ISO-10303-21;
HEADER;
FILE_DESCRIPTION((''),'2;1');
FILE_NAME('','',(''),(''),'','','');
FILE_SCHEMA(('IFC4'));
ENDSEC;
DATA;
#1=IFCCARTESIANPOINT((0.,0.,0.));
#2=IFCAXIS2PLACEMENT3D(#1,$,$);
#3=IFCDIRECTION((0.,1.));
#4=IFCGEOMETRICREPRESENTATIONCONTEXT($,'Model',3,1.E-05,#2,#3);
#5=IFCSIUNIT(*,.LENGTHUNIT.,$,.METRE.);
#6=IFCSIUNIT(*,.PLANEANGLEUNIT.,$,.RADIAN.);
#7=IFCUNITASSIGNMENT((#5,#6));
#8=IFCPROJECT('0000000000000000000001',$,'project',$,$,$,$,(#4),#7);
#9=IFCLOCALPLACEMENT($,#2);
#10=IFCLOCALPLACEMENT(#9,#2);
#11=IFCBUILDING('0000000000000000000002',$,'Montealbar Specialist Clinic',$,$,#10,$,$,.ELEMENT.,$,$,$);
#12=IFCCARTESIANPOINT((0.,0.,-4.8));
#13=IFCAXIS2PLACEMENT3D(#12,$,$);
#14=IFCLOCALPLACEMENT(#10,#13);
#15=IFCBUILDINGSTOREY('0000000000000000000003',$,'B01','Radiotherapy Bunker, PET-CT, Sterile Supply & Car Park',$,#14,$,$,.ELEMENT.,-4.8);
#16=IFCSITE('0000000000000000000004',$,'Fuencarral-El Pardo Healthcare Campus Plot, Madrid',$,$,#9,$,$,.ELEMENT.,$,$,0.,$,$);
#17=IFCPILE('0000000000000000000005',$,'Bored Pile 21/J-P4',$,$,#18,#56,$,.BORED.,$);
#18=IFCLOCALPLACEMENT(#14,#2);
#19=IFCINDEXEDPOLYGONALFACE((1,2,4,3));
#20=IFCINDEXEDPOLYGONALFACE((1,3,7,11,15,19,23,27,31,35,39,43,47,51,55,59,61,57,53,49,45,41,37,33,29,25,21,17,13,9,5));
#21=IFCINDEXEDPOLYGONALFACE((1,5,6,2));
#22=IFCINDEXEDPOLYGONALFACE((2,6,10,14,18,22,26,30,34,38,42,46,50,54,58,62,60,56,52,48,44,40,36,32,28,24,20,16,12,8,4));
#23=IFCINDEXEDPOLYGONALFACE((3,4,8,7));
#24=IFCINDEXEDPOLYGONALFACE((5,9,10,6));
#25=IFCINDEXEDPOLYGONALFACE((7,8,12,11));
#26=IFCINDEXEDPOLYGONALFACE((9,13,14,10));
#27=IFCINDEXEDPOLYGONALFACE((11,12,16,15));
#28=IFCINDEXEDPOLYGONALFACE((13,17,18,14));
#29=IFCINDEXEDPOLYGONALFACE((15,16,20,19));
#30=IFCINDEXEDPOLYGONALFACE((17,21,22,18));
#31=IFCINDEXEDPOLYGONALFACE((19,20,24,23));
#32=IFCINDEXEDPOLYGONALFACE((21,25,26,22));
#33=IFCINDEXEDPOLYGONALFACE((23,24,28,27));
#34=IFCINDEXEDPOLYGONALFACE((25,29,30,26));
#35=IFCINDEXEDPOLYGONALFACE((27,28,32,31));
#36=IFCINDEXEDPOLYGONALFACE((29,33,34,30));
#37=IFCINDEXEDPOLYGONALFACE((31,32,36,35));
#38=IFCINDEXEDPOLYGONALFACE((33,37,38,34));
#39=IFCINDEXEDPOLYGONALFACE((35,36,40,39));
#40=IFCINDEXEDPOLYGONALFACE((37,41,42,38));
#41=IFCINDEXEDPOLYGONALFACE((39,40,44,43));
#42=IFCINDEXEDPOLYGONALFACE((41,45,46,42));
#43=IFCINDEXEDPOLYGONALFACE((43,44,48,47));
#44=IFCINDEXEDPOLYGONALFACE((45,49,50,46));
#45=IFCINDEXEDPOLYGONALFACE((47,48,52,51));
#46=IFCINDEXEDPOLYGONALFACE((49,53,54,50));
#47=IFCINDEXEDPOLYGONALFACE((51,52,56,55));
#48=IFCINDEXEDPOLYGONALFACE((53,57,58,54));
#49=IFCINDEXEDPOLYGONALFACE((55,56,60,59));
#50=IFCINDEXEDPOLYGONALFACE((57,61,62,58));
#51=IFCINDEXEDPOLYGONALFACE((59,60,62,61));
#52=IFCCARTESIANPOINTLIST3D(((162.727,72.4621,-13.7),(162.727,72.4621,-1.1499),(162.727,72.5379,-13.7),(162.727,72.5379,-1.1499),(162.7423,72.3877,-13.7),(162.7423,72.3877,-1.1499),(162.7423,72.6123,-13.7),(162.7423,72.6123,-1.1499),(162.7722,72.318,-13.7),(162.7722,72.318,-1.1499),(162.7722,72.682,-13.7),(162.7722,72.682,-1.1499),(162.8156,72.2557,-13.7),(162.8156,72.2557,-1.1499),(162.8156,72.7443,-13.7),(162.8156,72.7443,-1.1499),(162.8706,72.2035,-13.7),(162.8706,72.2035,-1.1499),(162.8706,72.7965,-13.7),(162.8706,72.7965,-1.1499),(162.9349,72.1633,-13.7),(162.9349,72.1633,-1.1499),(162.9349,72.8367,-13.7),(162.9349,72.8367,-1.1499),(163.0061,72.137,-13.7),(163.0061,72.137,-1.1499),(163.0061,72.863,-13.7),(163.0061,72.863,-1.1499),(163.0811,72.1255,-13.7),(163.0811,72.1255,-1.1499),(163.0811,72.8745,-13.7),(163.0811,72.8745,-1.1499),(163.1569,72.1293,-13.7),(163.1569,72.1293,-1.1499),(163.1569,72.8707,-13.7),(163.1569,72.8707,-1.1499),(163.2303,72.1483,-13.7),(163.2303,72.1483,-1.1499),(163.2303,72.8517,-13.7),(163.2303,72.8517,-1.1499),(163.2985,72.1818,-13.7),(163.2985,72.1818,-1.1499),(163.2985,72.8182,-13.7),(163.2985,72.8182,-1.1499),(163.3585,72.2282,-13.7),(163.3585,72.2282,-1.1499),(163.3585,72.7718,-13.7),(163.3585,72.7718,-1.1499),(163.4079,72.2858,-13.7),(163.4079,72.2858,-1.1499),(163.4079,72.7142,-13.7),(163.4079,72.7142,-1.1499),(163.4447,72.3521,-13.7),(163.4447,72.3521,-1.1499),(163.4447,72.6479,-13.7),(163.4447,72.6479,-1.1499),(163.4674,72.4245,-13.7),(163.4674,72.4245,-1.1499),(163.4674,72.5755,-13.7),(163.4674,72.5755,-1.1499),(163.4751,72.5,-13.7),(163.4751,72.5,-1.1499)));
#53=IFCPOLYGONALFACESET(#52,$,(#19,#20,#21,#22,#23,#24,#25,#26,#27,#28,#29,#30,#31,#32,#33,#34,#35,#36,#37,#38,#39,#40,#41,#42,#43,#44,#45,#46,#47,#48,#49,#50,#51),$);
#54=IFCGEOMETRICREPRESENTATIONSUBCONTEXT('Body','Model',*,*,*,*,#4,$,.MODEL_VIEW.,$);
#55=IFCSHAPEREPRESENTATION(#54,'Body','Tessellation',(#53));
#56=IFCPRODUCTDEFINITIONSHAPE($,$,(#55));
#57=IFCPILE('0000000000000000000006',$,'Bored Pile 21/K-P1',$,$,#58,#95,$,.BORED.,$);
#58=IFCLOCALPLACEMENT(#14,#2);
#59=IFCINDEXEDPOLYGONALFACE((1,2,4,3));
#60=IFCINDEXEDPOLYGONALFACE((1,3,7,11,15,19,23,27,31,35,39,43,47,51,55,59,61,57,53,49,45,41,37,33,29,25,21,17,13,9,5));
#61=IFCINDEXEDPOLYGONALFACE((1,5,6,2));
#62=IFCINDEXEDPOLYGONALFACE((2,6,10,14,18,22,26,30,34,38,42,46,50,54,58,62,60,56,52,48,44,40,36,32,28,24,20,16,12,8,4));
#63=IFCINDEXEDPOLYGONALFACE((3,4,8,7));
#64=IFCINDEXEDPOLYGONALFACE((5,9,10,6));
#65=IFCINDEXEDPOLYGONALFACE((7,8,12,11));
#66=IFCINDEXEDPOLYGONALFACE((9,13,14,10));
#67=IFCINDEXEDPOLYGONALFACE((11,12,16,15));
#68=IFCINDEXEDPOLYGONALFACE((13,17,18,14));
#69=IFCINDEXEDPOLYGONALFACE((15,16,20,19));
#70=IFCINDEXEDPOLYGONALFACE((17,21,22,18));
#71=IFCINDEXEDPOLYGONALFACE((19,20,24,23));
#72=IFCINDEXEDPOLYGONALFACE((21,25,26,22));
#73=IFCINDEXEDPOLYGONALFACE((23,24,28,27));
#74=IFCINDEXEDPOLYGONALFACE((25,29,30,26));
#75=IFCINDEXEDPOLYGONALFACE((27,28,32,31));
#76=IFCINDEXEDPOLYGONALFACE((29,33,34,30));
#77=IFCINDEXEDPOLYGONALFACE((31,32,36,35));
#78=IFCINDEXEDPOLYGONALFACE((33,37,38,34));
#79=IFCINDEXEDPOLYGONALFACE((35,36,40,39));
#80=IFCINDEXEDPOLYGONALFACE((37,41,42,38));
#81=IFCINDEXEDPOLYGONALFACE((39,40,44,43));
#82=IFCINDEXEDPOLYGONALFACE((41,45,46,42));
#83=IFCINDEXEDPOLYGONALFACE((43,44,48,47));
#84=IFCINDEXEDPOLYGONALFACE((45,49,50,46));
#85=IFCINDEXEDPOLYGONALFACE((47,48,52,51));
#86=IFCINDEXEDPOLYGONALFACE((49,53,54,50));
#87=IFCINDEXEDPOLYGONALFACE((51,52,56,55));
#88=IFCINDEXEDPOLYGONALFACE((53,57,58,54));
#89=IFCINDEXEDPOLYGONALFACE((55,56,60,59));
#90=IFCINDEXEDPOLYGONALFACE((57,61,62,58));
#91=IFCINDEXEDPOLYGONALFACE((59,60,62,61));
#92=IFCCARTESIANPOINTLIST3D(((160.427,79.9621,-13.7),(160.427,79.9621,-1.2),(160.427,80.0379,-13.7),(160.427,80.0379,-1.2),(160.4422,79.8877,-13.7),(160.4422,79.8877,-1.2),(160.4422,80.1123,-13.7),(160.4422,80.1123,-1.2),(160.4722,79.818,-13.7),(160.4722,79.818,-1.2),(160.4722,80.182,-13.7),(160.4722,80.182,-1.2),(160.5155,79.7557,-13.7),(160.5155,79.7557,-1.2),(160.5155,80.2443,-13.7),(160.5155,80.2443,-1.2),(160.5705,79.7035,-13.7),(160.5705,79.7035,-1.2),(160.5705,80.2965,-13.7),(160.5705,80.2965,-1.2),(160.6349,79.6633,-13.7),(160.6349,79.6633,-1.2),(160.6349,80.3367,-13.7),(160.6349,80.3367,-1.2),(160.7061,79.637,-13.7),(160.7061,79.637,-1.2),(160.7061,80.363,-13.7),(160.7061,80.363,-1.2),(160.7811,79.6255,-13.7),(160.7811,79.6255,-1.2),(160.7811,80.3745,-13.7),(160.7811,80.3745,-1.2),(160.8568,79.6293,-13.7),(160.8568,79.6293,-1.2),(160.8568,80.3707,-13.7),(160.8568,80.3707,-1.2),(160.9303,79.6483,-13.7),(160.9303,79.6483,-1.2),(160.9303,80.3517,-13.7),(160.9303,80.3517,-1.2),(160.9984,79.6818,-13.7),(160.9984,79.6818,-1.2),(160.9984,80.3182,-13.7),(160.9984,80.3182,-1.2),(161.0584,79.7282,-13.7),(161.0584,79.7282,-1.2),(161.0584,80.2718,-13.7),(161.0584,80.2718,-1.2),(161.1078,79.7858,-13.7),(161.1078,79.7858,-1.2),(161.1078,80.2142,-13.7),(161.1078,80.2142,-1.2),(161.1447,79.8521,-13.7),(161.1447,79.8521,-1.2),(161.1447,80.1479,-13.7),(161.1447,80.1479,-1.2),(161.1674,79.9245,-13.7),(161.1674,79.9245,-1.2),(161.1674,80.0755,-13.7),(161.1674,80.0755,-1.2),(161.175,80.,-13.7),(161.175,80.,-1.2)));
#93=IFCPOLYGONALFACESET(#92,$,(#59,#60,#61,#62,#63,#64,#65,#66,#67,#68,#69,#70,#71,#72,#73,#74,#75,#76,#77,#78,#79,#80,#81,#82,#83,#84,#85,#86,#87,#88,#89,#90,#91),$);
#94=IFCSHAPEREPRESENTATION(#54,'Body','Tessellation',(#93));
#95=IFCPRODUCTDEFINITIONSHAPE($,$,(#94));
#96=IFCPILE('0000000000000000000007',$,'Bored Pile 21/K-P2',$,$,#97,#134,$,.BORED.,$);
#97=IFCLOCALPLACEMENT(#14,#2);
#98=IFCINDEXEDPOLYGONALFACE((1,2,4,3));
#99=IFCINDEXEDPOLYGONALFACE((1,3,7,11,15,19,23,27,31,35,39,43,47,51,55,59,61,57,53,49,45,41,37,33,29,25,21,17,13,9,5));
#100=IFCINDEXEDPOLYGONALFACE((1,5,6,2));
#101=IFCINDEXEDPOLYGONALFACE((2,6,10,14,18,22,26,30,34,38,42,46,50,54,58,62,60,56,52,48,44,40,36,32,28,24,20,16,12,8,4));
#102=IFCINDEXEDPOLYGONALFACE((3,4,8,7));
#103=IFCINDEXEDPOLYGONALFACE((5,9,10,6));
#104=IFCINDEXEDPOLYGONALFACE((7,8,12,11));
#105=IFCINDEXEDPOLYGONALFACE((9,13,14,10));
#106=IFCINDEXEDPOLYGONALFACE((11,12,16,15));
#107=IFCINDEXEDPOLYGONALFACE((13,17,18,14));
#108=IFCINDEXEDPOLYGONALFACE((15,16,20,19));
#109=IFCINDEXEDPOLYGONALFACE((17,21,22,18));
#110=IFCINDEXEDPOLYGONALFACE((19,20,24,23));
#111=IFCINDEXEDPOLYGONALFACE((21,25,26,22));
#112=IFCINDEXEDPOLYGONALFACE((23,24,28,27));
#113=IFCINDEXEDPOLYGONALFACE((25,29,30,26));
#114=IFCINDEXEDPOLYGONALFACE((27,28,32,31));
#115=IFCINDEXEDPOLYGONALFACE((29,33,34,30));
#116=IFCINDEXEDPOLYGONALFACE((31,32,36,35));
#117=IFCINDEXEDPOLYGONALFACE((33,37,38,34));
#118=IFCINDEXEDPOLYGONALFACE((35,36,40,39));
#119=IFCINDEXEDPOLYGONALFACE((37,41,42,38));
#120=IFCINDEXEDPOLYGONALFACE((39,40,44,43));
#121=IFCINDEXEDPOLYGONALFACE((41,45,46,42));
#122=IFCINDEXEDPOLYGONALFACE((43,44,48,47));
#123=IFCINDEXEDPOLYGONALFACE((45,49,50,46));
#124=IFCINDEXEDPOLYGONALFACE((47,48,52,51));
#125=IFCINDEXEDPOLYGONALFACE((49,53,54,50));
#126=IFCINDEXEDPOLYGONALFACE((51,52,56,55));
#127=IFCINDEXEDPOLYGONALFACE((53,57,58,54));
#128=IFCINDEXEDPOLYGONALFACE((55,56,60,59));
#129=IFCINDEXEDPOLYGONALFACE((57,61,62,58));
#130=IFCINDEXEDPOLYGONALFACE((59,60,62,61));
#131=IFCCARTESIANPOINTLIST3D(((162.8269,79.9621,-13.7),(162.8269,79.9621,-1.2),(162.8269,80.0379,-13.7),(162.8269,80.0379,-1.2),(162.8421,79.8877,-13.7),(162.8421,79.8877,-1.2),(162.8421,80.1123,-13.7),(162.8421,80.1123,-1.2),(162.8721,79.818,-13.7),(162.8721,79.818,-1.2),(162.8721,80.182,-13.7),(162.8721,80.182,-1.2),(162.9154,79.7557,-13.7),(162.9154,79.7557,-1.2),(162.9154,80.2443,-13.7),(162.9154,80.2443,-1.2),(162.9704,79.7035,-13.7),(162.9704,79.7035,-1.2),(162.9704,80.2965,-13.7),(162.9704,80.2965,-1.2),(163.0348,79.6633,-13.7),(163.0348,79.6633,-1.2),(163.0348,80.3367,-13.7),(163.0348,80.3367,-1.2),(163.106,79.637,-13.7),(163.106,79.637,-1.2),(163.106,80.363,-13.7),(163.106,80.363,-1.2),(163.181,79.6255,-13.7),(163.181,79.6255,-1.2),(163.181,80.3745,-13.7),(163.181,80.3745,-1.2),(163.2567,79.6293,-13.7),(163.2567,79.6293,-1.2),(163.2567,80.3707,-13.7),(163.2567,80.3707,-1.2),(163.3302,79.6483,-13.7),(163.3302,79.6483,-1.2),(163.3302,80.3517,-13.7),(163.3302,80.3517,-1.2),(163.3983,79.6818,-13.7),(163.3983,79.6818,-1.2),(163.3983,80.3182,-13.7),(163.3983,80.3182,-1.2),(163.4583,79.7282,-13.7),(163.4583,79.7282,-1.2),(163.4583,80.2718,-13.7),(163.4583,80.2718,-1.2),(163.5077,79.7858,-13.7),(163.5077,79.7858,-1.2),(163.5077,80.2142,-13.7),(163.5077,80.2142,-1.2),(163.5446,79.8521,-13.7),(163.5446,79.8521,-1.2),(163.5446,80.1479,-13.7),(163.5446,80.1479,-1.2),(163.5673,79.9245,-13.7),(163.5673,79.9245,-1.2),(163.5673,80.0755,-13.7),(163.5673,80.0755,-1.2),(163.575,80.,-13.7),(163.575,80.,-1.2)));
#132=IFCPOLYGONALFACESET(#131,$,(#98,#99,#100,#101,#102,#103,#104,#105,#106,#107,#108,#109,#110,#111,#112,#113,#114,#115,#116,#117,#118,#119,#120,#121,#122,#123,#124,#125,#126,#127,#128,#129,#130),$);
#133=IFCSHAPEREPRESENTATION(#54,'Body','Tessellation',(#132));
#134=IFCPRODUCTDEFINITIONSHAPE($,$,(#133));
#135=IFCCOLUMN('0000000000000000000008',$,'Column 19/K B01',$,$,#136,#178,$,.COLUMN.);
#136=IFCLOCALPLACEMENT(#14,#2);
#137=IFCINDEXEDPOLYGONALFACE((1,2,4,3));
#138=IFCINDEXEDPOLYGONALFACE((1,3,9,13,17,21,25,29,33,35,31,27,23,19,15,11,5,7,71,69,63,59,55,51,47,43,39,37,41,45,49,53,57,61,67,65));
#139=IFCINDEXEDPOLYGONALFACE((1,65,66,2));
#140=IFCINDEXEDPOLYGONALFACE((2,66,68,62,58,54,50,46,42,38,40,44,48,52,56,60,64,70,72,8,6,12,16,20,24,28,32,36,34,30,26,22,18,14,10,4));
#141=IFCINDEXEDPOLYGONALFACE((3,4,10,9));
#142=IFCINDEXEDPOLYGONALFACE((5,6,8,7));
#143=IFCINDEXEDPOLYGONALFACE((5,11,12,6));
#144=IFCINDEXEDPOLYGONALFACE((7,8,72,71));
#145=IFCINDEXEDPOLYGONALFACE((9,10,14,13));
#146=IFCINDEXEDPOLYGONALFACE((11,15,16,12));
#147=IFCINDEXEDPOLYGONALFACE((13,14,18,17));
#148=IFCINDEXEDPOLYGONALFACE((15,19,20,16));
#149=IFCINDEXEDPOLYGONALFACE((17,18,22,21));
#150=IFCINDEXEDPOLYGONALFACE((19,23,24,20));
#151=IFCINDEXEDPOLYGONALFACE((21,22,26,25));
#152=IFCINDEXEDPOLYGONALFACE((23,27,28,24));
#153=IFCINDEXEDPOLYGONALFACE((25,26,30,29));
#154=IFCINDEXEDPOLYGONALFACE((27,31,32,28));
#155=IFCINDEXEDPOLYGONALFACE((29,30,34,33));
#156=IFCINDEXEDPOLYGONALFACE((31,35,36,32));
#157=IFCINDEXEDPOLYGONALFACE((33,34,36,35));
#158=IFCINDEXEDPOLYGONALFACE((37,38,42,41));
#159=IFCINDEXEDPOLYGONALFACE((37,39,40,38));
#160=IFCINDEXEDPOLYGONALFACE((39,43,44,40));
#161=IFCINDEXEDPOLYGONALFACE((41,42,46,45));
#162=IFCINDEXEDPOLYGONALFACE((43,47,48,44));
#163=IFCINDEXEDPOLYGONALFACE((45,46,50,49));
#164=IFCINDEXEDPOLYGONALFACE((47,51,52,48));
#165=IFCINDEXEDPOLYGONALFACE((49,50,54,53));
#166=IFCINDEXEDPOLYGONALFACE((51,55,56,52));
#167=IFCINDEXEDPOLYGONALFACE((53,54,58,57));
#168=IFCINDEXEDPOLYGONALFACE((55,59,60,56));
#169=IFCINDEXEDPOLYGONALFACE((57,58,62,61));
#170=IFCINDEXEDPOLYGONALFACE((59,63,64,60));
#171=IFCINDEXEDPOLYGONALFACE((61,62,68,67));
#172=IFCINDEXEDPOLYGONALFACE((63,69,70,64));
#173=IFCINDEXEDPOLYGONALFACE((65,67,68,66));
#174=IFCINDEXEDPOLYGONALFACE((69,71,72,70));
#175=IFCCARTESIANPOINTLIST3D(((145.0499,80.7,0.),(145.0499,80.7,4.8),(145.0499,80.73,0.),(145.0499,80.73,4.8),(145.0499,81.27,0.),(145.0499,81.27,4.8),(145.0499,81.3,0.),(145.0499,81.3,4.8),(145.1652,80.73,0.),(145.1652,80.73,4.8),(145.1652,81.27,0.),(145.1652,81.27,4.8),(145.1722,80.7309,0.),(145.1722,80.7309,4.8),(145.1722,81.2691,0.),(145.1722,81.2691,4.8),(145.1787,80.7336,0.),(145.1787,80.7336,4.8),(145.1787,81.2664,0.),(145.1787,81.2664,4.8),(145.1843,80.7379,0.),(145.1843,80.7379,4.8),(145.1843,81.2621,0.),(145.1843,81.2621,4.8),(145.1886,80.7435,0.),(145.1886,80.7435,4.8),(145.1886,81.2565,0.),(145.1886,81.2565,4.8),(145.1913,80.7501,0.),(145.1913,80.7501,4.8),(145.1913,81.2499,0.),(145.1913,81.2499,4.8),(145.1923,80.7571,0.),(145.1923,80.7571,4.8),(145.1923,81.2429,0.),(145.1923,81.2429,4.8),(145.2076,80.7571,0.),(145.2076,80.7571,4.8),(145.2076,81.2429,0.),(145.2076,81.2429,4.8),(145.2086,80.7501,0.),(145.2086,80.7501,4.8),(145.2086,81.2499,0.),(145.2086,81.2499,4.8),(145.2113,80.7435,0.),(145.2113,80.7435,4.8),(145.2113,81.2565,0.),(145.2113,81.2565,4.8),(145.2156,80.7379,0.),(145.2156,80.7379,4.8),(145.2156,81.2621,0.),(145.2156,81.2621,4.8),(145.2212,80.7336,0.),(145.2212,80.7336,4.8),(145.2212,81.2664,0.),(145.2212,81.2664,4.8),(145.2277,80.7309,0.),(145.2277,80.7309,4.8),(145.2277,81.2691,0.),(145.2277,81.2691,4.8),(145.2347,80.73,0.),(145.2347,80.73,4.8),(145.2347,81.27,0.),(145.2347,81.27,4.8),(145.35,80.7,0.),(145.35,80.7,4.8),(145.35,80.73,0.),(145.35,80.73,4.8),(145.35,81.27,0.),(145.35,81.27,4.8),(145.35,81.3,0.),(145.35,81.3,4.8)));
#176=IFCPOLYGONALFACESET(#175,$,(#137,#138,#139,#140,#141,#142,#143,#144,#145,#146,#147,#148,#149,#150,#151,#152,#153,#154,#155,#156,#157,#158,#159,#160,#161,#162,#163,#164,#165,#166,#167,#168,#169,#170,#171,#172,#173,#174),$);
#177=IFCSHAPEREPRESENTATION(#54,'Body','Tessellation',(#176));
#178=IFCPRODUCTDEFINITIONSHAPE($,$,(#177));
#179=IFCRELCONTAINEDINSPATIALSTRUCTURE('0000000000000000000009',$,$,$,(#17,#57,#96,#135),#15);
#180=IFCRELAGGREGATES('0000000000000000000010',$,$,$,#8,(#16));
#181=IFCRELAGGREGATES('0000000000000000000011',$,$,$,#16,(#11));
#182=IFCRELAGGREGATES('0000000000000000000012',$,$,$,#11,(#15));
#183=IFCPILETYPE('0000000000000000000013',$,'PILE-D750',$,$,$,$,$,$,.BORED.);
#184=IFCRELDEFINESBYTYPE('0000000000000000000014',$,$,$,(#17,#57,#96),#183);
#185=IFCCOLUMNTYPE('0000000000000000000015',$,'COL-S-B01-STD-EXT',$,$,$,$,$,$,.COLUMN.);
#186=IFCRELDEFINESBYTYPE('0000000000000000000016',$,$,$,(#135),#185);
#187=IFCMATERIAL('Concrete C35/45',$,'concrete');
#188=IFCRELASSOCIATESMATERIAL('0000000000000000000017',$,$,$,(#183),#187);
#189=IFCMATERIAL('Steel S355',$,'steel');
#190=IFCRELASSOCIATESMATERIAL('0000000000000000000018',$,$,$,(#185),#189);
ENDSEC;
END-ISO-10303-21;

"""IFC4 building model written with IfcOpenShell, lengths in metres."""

from ifc_helpers import new_model, si_unit, direction, frame, origin, origin_2d, place, context, subcontext, project, spatial, circle, i_section, extrude, material, material_profile, profile_set, type_object, element, save


model = new_model("IFC4")

# Units and contexts
model_context = context("Model", 3, precision=1e-05, world=origin(), true_north=direction((0.0, 1.0)))
body_context = subcontext(model_context, "Body", "Model", "MODEL_VIEW")
ifc_project = project(units=[si_unit("LENGTHUNIT", "METRE"), si_unit("PLANEANGLEUNIT", "RADIAN")], contexts=[model_context])

# Site, building, storey
site_placement = place(None, origin())
site = spatial("IfcSite", under=ifc_project, at=site_placement, Name="Fuencarral-El Pardo Healthcare Campus Plot, Madrid", CompositionType="ELEMENT", RefElevation=0.0)
building_placement = place(site_placement, origin())
building = spatial("IfcBuilding", under=site, at=building_placement, Name="Montealbar Specialist Clinic", CompositionType="ELEMENT")
storey_placement = place(building_placement, frame((0.0, 0.0, -4.8)))
storey = spatial("IfcBuildingStorey", under=building, at=storey_placement, Name="B01", Description="Radiotherapy Bunker, PET-CT, Sterile Supply & Car Park", CompositionType="ELEMENT", Elevation=-4.8)

# Shared definitions
ifc_material_1 = material(Name="Concrete C35/45", Category="concrete")

# Piles
ifc_material_profile_1 = material_profile(ifc_material_1, circle(Radius=0.375, at=origin_2d()), Name="PILE D750", Category="concrete")
ifc_profile_set_1 = profile_set([ifc_material_profile_1], Name="Concrete C35/45")
pile_type = type_object("IfcPileType", Name="PILE-D750", PredefinedType="BORED", material=ifc_profile_set_1)
for number, where, z_axis, x_axis, name in (
    (1, (163.1001, 72.5, -1.1499), (0.0, 0.0, -1.0), (1.0, 0.0, 0.0), "Bored Pile 21/J-P4"),
):
    element("IfcPile", number, at=place(storey_placement, frame(where, z_axis=z_axis, x_axis=x_axis)), inside=storey, type_object=pile_type, Name=name, PredefinedType="BORED", context=body_context, shape_type="SweptSolid", body=[
        extrude(circle(Radius=0.375, at=origin_2d()), origin(), (0.0, 0.0, 1.0), 12.55),
    ])
for number, where, z_axis, x_axis, name in (
    (2, (160.8, 80.0, -1.2), (0.0, 0.0, -1.0), (1.0, 0.0, 0.0), "Bored Pile 21/K-P1"),
    (3, (163.2, 80.0, -1.2), (0.0, 0.0, -1.0), (1.0, 0.0, 0.0), "Bored Pile 21/K-P2"),
):
    element("IfcPile", number, at=place(storey_placement, frame(where, z_axis=z_axis, x_axis=x_axis)), inside=storey, type_object=pile_type, Name=name, PredefinedType="BORED", context=body_context, shape_type="SweptSolid", body=[
        extrude(circle(Radius=0.375, at=origin_2d()), origin(), (0.0, 0.0, 1.0), 12.5),
    ])

# Column
ifc_material_2 = material(Name="Steel S355", Category="steel")
ifc_material_profile_2 = material_profile(ifc_material_2, i_section(OverallWidth=0.3, OverallDepth=0.6001, WebThickness=0.0154, FlangeThickness=0.03, FilletRadius=0.0271, at=origin_2d()), Name="HEB 600", Category="steel")
ifc_profile_set_2 = profile_set([ifc_material_profile_2], Name="Steel S355")
column_type_1 = type_object("IfcColumnType", Name="COL-S-B01-STD-EXT", PredefinedType="COLUMN", material=ifc_profile_set_2)
for number, where, z_axis, x_axis, name in (
    (4, (145.2, 81.0, 0.0), (0.0, 0.0, 1.0), (1.0, 0.0, 0.0), "Column 19/K B01"),
):
    element("IfcColumn", number, at=place(storey_placement, frame(where, z_axis=z_axis, x_axis=x_axis)), inside=storey, type_object=column_type_1, Name=name, PredefinedType="COLUMN", context=body_context, shape_type="SweptSolid", body=[
        extrude(i_section(OverallWidth=0.3, OverallDepth=0.6001, WebThickness=0.0154, FlangeThickness=0.03, FilletRadius=0.0271, at=origin_2d()), origin(), (0.0, 0.0, 1.0), 4.8),
    ])

save(model, "model.ifc")
